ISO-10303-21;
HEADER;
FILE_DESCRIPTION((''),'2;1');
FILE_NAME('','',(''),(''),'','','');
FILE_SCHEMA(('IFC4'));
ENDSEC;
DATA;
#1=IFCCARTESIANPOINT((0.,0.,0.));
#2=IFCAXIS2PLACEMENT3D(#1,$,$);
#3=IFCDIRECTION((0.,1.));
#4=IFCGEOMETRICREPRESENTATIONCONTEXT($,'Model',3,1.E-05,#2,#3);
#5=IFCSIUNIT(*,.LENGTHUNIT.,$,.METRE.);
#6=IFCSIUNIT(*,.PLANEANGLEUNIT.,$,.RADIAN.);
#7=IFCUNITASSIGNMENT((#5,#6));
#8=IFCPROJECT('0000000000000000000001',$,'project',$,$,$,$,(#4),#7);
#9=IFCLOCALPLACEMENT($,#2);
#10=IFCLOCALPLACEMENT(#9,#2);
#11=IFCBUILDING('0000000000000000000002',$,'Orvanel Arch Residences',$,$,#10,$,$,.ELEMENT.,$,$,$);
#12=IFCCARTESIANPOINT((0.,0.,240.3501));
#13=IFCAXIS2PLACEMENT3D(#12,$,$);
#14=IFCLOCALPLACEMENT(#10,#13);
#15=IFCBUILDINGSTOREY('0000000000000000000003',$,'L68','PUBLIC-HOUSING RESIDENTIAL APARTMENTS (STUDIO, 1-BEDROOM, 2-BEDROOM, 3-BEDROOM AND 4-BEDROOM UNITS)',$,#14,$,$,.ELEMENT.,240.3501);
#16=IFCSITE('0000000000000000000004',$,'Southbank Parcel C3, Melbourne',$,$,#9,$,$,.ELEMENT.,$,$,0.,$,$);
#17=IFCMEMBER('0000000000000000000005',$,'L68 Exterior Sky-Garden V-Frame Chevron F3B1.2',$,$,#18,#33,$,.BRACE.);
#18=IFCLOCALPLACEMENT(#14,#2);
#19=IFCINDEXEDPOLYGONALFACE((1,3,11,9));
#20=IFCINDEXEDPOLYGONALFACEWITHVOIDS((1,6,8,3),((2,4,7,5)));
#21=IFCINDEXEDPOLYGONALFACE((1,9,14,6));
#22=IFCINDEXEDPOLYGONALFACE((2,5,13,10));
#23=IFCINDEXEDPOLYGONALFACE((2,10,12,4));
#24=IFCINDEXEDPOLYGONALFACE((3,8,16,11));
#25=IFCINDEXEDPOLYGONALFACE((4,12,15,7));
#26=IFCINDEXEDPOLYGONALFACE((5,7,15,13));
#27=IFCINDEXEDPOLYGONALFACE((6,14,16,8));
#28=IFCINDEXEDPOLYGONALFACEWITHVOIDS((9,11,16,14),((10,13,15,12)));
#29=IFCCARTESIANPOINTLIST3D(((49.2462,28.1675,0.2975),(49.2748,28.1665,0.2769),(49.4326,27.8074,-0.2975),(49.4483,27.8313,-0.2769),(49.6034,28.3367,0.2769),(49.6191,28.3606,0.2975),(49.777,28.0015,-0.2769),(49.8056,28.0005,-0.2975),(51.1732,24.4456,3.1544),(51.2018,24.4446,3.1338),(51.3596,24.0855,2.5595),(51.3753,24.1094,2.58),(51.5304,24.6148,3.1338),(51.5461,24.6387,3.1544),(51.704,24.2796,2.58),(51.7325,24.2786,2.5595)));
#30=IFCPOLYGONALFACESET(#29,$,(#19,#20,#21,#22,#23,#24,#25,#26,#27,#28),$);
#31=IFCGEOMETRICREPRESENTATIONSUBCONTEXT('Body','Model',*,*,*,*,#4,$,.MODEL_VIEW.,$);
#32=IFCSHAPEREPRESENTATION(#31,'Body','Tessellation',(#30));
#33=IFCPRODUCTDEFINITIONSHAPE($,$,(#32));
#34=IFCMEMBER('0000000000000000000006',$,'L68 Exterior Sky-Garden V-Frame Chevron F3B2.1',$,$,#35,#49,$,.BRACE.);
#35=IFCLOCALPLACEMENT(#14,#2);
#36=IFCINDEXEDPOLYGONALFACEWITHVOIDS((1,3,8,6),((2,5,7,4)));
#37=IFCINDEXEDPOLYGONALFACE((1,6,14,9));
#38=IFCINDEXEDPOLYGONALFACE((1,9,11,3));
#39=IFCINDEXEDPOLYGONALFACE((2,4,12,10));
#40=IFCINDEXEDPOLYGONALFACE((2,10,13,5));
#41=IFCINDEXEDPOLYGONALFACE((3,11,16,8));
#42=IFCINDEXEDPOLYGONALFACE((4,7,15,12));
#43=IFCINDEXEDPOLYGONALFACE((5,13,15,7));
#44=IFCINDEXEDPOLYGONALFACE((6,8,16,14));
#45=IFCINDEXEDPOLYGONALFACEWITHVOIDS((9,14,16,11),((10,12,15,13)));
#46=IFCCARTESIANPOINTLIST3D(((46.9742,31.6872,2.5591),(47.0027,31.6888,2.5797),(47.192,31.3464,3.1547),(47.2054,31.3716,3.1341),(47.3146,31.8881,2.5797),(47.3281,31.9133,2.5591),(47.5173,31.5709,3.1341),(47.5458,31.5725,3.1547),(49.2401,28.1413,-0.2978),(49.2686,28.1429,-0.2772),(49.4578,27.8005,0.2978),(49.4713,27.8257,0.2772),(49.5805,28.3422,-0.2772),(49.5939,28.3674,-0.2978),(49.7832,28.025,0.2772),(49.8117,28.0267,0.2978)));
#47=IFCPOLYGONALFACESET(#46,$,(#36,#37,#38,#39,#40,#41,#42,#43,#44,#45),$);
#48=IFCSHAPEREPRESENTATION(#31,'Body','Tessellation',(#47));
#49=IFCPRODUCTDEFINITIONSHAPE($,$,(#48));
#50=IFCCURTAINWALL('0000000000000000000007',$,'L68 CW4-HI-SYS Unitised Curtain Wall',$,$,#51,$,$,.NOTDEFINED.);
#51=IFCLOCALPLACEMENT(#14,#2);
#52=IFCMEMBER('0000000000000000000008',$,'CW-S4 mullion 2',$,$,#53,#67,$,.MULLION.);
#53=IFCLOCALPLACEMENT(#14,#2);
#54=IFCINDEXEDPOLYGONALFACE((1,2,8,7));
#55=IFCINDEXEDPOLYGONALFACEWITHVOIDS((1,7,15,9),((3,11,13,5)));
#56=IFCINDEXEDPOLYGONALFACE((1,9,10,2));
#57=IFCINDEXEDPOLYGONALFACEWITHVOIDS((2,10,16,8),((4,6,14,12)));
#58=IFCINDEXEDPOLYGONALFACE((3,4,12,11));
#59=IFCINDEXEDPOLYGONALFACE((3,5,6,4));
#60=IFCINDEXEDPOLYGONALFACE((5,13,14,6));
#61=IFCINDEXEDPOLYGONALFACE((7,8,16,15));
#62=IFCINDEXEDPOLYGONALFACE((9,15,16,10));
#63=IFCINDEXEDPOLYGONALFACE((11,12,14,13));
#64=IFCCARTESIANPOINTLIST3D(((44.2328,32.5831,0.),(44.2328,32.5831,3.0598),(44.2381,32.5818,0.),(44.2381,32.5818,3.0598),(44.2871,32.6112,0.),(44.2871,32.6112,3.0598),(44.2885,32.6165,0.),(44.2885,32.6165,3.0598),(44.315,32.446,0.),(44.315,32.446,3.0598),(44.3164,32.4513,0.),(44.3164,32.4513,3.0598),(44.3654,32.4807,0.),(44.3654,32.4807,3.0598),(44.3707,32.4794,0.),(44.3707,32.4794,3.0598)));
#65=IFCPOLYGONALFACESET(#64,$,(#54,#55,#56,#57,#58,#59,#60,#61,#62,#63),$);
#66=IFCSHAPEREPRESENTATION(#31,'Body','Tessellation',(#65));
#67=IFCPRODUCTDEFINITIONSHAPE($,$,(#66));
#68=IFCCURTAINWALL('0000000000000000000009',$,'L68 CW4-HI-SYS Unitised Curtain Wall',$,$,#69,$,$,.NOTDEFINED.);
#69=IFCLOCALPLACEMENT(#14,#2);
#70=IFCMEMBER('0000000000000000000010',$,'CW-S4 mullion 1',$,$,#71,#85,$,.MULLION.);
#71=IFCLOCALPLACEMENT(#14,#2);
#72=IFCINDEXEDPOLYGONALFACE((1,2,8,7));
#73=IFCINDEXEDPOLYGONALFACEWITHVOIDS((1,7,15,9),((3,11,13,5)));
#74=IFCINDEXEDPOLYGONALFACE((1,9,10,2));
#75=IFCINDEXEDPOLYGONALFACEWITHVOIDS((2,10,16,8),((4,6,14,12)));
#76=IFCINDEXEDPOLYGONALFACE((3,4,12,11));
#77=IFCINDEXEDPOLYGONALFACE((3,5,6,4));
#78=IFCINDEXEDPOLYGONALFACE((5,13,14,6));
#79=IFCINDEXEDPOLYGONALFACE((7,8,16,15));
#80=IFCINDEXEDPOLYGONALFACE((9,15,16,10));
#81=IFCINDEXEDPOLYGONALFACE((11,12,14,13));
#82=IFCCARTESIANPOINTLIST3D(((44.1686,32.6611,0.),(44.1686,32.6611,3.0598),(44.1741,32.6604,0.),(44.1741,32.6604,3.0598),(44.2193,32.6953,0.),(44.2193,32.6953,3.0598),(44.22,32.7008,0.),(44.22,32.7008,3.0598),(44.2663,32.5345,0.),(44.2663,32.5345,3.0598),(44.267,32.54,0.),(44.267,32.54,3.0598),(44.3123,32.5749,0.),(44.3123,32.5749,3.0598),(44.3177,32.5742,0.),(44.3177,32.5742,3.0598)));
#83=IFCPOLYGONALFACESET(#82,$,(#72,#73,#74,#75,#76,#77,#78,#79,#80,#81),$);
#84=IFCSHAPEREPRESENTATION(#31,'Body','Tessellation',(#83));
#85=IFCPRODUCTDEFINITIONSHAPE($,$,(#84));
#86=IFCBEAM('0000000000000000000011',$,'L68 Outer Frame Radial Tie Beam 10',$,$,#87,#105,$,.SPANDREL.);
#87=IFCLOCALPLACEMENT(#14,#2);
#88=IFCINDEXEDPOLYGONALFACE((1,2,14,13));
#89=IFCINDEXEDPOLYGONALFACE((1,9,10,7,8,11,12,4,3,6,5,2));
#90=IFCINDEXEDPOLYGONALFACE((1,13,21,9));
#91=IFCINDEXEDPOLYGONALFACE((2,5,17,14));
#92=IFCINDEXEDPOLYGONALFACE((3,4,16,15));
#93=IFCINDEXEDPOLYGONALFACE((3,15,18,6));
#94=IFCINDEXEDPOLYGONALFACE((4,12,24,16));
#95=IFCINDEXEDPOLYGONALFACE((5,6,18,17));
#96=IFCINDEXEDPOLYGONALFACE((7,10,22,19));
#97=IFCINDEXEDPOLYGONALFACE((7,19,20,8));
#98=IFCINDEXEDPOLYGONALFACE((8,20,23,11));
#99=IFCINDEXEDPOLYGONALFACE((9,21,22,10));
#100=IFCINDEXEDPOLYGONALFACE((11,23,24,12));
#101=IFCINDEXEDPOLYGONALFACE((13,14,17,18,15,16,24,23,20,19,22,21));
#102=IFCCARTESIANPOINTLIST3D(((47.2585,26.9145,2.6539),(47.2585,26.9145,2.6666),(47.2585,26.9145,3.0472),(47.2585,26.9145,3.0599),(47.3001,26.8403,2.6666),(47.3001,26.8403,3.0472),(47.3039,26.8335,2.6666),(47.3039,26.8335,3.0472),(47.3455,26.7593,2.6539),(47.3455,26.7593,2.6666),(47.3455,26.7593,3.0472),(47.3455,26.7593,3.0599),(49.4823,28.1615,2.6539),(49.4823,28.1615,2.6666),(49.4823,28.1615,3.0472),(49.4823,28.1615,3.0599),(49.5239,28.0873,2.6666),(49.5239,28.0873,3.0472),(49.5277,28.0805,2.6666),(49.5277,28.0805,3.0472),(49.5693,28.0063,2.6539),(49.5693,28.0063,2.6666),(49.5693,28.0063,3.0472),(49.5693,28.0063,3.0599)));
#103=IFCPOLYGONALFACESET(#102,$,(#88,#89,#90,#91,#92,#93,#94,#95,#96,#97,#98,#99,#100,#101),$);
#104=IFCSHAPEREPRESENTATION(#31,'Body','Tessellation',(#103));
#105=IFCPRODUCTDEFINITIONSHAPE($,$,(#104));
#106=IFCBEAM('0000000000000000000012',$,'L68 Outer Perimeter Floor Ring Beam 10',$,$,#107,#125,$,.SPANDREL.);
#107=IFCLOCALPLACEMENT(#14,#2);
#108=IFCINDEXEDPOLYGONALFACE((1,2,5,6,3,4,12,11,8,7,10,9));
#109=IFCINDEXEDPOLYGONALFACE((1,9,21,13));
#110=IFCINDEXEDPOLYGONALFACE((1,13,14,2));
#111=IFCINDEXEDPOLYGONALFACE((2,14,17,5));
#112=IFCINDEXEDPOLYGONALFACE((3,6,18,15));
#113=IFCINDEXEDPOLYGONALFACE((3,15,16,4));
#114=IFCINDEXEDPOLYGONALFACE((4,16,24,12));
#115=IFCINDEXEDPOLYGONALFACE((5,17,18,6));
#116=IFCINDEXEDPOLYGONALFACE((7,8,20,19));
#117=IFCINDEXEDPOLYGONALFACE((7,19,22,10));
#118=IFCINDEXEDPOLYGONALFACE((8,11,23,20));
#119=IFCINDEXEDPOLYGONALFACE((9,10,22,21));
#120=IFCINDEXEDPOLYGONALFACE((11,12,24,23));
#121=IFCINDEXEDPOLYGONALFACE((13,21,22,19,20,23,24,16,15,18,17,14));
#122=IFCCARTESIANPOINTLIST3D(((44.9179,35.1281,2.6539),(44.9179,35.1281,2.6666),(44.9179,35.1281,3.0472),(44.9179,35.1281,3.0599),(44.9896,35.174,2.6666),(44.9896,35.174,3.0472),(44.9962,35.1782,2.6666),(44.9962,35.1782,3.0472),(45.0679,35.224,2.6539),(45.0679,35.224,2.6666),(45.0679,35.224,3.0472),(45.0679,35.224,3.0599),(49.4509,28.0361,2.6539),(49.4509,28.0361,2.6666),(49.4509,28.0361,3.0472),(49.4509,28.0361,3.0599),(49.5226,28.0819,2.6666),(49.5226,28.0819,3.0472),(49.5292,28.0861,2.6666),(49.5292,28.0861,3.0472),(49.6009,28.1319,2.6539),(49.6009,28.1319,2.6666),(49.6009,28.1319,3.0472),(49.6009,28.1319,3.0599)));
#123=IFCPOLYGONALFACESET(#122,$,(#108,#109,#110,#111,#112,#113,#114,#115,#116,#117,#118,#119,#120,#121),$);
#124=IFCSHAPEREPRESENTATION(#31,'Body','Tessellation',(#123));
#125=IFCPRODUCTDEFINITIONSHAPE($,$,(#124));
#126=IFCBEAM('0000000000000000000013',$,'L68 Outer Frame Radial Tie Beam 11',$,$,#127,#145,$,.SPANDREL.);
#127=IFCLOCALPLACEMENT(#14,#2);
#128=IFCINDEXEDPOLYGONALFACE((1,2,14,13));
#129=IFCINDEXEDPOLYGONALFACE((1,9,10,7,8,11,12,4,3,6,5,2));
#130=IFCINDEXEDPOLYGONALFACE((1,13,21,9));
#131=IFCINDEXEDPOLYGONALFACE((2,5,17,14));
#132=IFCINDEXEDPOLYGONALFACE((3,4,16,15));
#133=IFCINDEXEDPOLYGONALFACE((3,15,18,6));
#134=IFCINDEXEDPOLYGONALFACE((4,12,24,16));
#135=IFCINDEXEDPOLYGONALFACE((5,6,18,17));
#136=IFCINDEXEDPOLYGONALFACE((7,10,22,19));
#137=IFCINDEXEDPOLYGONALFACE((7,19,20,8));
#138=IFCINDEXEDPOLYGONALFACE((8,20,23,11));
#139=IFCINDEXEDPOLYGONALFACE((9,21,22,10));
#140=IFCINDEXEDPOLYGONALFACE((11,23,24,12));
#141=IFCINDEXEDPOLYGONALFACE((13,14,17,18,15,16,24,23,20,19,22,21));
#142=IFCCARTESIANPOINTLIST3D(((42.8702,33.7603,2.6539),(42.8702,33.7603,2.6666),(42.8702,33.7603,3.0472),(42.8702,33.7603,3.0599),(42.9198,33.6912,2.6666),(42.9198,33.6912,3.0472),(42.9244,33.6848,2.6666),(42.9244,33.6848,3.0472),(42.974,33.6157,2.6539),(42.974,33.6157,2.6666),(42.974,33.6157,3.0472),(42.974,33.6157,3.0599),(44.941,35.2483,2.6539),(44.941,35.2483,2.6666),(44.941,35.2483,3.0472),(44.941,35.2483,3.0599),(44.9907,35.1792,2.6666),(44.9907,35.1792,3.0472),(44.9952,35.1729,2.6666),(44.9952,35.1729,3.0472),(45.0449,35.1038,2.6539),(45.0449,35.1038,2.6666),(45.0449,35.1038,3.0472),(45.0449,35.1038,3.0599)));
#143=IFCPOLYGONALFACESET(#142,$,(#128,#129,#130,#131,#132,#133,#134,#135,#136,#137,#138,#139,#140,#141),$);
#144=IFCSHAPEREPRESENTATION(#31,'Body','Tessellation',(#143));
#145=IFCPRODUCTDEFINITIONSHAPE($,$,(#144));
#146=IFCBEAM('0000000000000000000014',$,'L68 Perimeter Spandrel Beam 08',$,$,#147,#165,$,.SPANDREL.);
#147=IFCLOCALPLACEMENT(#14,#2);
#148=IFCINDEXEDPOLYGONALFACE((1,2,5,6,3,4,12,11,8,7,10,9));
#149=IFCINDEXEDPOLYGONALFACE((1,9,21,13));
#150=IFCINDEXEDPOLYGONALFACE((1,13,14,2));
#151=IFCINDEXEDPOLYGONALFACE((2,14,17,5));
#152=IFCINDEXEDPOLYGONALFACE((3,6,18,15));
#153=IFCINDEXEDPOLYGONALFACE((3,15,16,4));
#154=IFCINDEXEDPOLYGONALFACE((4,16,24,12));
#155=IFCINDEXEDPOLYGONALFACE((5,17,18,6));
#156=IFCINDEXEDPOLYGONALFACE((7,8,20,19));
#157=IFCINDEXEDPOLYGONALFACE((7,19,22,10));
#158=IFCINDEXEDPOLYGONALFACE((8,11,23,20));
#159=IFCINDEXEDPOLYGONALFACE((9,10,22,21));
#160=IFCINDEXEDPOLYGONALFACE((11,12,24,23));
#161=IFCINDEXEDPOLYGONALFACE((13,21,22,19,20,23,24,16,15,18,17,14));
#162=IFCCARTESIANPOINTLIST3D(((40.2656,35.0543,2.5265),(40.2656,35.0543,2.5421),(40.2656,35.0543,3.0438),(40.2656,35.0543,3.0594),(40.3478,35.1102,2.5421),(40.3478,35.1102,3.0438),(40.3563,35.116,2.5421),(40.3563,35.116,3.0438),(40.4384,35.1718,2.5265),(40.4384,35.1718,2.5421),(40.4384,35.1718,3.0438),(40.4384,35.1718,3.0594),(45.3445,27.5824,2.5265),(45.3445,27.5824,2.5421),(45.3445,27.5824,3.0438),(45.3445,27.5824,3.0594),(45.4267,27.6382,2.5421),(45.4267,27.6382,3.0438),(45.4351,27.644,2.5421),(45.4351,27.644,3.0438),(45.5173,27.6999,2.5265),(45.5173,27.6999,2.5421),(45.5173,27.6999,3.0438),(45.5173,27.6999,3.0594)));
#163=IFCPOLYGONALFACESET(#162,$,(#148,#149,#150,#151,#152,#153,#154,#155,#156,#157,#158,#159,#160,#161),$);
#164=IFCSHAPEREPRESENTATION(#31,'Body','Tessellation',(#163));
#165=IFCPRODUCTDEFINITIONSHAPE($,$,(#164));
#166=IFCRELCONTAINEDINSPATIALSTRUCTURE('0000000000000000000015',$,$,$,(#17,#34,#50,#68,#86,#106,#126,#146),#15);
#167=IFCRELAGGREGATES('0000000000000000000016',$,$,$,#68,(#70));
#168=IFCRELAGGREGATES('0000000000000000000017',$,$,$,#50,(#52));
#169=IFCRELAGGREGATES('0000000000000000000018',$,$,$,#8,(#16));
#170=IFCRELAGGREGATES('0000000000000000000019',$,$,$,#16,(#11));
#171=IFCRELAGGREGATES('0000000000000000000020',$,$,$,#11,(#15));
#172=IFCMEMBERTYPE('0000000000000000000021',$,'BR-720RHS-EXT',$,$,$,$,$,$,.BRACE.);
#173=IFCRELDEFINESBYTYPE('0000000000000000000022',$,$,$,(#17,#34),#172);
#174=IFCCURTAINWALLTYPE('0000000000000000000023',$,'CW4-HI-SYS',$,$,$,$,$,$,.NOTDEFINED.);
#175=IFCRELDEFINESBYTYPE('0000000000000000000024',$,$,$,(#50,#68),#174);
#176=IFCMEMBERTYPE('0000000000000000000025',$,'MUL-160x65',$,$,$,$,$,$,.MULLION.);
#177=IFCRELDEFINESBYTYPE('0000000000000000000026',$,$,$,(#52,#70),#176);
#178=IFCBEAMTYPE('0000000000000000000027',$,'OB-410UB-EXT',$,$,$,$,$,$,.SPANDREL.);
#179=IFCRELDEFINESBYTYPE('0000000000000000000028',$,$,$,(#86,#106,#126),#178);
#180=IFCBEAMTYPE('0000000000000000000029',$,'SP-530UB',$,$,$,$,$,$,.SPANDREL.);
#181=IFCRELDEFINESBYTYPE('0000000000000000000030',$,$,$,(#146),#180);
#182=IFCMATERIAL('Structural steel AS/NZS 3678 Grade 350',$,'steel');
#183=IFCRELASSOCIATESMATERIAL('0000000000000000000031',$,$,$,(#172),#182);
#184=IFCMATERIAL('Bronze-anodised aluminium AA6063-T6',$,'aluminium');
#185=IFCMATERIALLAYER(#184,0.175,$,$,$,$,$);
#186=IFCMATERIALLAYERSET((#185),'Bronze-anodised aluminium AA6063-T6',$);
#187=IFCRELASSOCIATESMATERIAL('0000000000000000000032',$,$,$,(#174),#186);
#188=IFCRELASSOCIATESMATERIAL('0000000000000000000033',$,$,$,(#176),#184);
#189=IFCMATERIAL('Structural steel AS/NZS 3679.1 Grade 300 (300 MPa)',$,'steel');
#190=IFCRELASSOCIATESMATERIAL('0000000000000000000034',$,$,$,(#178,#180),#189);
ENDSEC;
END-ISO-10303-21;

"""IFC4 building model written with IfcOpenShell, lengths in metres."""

from ifc_helpers import new_model, si_unit, direction, frame, origin, origin_2d, place, context, subcontext, project, spatial, hollow_rectangle, i_section, extrude, material, layer, layer_set, material_profile, profile_set, type_object, element, aggregate, save


model = new_model("IFC4")

# Units and contexts
model_context = context("Model", 3, precision=1e-05, world=origin(), true_north=direction((0.0, 1.0)))
body_context = subcontext(model_context, "Body", "Model", "MODEL_VIEW")
ifc_project = project(units=[si_unit("LENGTHUNIT", "METRE"), si_unit("PLANEANGLEUNIT", "RADIAN")], contexts=[model_context])

# Site, building, storey
site_placement = place(None, origin())
site = spatial("IfcSite", under=ifc_project, at=site_placement, Name="Southbank Parcel C3, Melbourne", CompositionType="ELEMENT", RefElevation=0.0)
building_placement = place(site_placement, origin())
building = spatial("IfcBuilding", under=site, at=building_placement, Name="Orvanel Arch Residences", CompositionType="ELEMENT")
storey_placement = place(building_placement, frame((0.0, 0.0, 240.3501)))
storey = spatial("IfcBuildingStorey", under=building, at=storey_placement, Name="L68", Description="PUBLIC-HOUSING RESIDENTIAL APARTMENTS (STUDIO, 1-BEDROOM, 2-BEDROOM, 3-BEDROOM AND 4-BEDROOM UNITS)", CompositionType="ELEMENT", Elevation=240.3501)

# Shared definitions
ifc_material_1 = material(Name="Structural steel AS/NZS 3679.1 Grade 300 (300 MPa)", Category="steel")

# Members
ifc_material_2 = material(Name="Structural steel AS/NZS 3678 Grade 350", Category="steel")
ifc_material_profile_1 = material_profile(ifc_material_2, hollow_rectangle(XDim=0.4199, YDim=0.72, WallThickness=0.0249, at=origin_2d()), Name="RHS720x420x25")
ifc_profile_set_1 = profile_set([ifc_material_profile_1], Name="Structural steel AS/NZS 3678 Grade 350")
member_type_1 = type_object("IfcMemberType", Name="BR-720RHS-EXT", PredefinedType="BRACE", material=ifc_profile_set_1)
member_1_placement = place(storey_placement, frame((49.5259, 28.084, 0.0), z_axis=(0.379908, -0.733776, 0.563243), x_axis=(0.888036, 0.459775, 0.0)))
element("IfcMember", 1, at=member_1_placement, inside=storey, type_object=member_type_1, Name="L68 Exterior Sky-Garden V-Frame Chevron F3B1.2", PredefinedType="BRACE", context=body_context, shape_type="SweptSolid", body=[
    extrude(hollow_rectangle(XDim=0.4199, YDim=0.72, WallThickness=0.0249, at=origin_2d()), origin(), (0.0, 0.0, 1.0), 5.0723),
])
member_2_placement = place(storey_placement, frame((49.5259, 28.084, 0.0), z_axis=(-0.445492, 0.697158, 0.561701), x_axis=(-0.842649, -0.538463, 0.0)))
element("IfcMember", 2, at=member_2_placement, inside=storey, type_object=member_type_1, Name="L68 Exterior Sky-Garden V-Frame Chevron F3B2.1", PredefinedType="BRACE", context=body_context, shape_type="SweptSolid", body=[
    extrude(hollow_rectangle(XDim=0.4199, YDim=0.72, WallThickness=0.0249, at=origin_2d()), origin(), (0.0, 0.0, 1.0), 5.0862),
])

# Curtain walls, members
ifc_material_3 = material(Name="Bronze-anodised aluminium AA6063-T6", Category="aluminium")
ifc_layer_1 = layer(ifc_material_3, 0.175)
ifc_layer_set_1 = layer_set([ifc_layer_1], Name="Bronze-anodised aluminium AA6063-T6")
curtain_wall_type = type_object("IfcCurtainWallType", Name="CW4-HI-SYS", PredefinedType="NOTDEFINED", material=ifc_layer_set_1)
curtain_wall_1_placement = place(storey_placement, origin())
curtain_wall_1 = element("IfcCurtainWall", 3, at=curtain_wall_1_placement, inside=storey, type_object=curtain_wall_type, Name="L68 CW4-HI-SYS Unitised Curtain Wall", PredefinedType="NOTDEFINED")
ifc_material_profile_2 = material_profile(ifc_material_3, hollow_rectangle(XDim=0.0649, YDim=0.1599, WallThickness=0.0039, at=origin_2d()), Name="ALU160x65x4")
ifc_profile_set_2 = profile_set([ifc_material_profile_2], Name="Bronze-anodised aluminium AA6063-T6")
member_type_2 = type_object("IfcMemberType", Name="MUL-160x65", PredefinedType="MULLION", material=ifc_profile_set_2)
member_3_placement = place(storey_placement, frame((44.3018, 32.5312, 0.0), z_axis=(0.0, 0.0, 1.0), x_axis=(-0.857511, -0.514465, 0.0)))
member_3 = element("IfcMember", 4, at=member_3_placement, type_object=member_type_2, Name="CW-S4 mullion 2", PredefinedType="MULLION", context=body_context, shape_type="SweptSolid", body=[
    extrude(hollow_rectangle(XDim=0.0649, YDim=0.1599, WallThickness=0.0039, at=origin_2d()), origin(), (0.0, 0.0, 1.0), 3.0598),
])
curtain_wall_2_placement = place(storey_placement, origin())
curtain_wall_2 = element("IfcCurtainWall", 5, at=curtain_wall_2_placement, inside=storey, type_object=curtain_wall_type, Name="L68 CW4-HI-SYS Unitised Curtain Wall", PredefinedType="NOTDEFINED")
member_4_placement = place(storey_placement, frame((44.2432, 32.6177, 0.0), z_axis=(0.0, 0.0, 1.0), x_axis=(-0.791478, -0.611198, 0.0)))
member_4 = element("IfcMember", 6, at=member_4_placement, type_object=member_type_2, Name="CW-S4 mullion 1", PredefinedType="MULLION", context=body_context, shape_type="SweptSolid", body=[
    extrude(hollow_rectangle(XDim=0.0649, YDim=0.1599, WallThickness=0.0039, at=origin_2d()), origin(), (0.0, 0.0, 1.0), 3.0598),
])

# Beams
ifc_material_profile_3 = material_profile(ifc_material_1, i_section(OverallWidth=0.178, OverallDepth=0.406, WebThickness=0.0078, FlangeThickness=0.0127, at=origin_2d()), Name="410UB59.7")
ifc_profile_set_3 = profile_set([ifc_material_profile_3], Name="Structural steel AS/NZS 3679.1 Grade 300 (300 MPa)")
beam_type_1 = type_object("IfcBeamType", Name="OB-410UB-EXT", PredefinedType="SPANDREL", material=ifc_profile_set_3)
beam_1_placement = place(storey_placement, frame((47.302, 26.8369, 2.8569), z_axis=(0.872222, 0.489111, 0.0), x_axis=(-0.489111, 0.872222, 0.0)))
element("IfcBeam", 7, at=beam_1_placement, inside=storey, type_object=beam_type_1, Name="L68 Outer Frame Radial Tie Beam 10", PredefinedType="SPANDREL", context=body_context, shape_type="SweptSolid", body=[
    extrude(i_section(OverallWidth=0.178, OverallDepth=0.406, WebThickness=0.0078, FlangeThickness=0.0127, at=origin_2d()), origin(), (0.0, 0.0, 1.0), 2.5496),
])
beam_2_placement = place(storey_placement, frame((49.5259, 28.084, 2.8569), z_axis=(-0.538552, 0.842592, 0.0), x_axis=(-0.842592, -0.538552, 0.0)))
element("IfcBeam", 8, at=beam_2_placement, inside=storey, type_object=beam_type_1, Name="L68 Outer Perimeter Floor Ring Beam 10", PredefinedType="SPANDREL", context=body_context, shape_type="SweptSolid", body=[
    extrude(i_section(OverallWidth=0.178, OverallDepth=0.406, WebThickness=0.0078, FlangeThickness=0.0127, at=origin_2d()), origin(), (0.0, 0.0, 1.0), 8.417),
])
beam_3_placement = place(storey_placement, frame((42.9221, 33.688, 2.8569), z_axis=(0.812081, 0.583545, 0.0), x_axis=(-0.583545, 0.812081, 0.0)))
element("IfcBeam", 9, at=beam_3_placement, inside=storey, type_object=beam_type_1, Name="L68 Outer Frame Radial Tie Beam 11", PredefinedType="SPANDREL", context=body_context, shape_type="SweptSolid", body=[
    extrude(i_section(OverallWidth=0.178, OverallDepth=0.406, WebThickness=0.0078, FlangeThickness=0.0127, at=origin_2d()), origin(), (0.0, 0.0, 1.0), 2.55),
])
ifc_material_profile_4 = material_profile(ifc_material_1, i_section(OverallWidth=0.209, OverallDepth=0.533, WebThickness=0.0103, FlangeThickness=0.0156, at=origin_2d()), Name="530UB92.4")
ifc_profile_set_4 = profile_set([ifc_material_profile_4], Name="Structural steel AS/NZS 3679.1 Grade 300 (300 MPa)")
beam_type_2 = type_object("IfcBeamType", Name="SP-530UB", PredefinedType="SPANDREL", material=ifc_profile_set_4)
beam_4_placement = place(storey_placement, frame((45.4309, 27.6411, 2.793), z_axis=(-0.562155, 0.827032, 0.0), x_axis=(-0.827032, -0.562155, 0.0)))
element("IfcBeam", 10, at=beam_4_placement, inside=storey, type_object=beam_type_2, Name="L68 Perimeter Spandrel Beam 08", PredefinedType="SPANDREL", context=body_context, shape_type="SweptSolid", body=[
    extrude(i_section(OverallWidth=0.209, OverallDepth=0.533, WebThickness=0.0103, FlangeThickness=0.0156, at=origin_2d()), origin(), (0.0, 0.0, 1.0), 9.0347),
])

aggregate(curtain_wall_2, [member_4])

aggregate(curtain_wall_1, [member_3])

save(model, "model.ifc")
